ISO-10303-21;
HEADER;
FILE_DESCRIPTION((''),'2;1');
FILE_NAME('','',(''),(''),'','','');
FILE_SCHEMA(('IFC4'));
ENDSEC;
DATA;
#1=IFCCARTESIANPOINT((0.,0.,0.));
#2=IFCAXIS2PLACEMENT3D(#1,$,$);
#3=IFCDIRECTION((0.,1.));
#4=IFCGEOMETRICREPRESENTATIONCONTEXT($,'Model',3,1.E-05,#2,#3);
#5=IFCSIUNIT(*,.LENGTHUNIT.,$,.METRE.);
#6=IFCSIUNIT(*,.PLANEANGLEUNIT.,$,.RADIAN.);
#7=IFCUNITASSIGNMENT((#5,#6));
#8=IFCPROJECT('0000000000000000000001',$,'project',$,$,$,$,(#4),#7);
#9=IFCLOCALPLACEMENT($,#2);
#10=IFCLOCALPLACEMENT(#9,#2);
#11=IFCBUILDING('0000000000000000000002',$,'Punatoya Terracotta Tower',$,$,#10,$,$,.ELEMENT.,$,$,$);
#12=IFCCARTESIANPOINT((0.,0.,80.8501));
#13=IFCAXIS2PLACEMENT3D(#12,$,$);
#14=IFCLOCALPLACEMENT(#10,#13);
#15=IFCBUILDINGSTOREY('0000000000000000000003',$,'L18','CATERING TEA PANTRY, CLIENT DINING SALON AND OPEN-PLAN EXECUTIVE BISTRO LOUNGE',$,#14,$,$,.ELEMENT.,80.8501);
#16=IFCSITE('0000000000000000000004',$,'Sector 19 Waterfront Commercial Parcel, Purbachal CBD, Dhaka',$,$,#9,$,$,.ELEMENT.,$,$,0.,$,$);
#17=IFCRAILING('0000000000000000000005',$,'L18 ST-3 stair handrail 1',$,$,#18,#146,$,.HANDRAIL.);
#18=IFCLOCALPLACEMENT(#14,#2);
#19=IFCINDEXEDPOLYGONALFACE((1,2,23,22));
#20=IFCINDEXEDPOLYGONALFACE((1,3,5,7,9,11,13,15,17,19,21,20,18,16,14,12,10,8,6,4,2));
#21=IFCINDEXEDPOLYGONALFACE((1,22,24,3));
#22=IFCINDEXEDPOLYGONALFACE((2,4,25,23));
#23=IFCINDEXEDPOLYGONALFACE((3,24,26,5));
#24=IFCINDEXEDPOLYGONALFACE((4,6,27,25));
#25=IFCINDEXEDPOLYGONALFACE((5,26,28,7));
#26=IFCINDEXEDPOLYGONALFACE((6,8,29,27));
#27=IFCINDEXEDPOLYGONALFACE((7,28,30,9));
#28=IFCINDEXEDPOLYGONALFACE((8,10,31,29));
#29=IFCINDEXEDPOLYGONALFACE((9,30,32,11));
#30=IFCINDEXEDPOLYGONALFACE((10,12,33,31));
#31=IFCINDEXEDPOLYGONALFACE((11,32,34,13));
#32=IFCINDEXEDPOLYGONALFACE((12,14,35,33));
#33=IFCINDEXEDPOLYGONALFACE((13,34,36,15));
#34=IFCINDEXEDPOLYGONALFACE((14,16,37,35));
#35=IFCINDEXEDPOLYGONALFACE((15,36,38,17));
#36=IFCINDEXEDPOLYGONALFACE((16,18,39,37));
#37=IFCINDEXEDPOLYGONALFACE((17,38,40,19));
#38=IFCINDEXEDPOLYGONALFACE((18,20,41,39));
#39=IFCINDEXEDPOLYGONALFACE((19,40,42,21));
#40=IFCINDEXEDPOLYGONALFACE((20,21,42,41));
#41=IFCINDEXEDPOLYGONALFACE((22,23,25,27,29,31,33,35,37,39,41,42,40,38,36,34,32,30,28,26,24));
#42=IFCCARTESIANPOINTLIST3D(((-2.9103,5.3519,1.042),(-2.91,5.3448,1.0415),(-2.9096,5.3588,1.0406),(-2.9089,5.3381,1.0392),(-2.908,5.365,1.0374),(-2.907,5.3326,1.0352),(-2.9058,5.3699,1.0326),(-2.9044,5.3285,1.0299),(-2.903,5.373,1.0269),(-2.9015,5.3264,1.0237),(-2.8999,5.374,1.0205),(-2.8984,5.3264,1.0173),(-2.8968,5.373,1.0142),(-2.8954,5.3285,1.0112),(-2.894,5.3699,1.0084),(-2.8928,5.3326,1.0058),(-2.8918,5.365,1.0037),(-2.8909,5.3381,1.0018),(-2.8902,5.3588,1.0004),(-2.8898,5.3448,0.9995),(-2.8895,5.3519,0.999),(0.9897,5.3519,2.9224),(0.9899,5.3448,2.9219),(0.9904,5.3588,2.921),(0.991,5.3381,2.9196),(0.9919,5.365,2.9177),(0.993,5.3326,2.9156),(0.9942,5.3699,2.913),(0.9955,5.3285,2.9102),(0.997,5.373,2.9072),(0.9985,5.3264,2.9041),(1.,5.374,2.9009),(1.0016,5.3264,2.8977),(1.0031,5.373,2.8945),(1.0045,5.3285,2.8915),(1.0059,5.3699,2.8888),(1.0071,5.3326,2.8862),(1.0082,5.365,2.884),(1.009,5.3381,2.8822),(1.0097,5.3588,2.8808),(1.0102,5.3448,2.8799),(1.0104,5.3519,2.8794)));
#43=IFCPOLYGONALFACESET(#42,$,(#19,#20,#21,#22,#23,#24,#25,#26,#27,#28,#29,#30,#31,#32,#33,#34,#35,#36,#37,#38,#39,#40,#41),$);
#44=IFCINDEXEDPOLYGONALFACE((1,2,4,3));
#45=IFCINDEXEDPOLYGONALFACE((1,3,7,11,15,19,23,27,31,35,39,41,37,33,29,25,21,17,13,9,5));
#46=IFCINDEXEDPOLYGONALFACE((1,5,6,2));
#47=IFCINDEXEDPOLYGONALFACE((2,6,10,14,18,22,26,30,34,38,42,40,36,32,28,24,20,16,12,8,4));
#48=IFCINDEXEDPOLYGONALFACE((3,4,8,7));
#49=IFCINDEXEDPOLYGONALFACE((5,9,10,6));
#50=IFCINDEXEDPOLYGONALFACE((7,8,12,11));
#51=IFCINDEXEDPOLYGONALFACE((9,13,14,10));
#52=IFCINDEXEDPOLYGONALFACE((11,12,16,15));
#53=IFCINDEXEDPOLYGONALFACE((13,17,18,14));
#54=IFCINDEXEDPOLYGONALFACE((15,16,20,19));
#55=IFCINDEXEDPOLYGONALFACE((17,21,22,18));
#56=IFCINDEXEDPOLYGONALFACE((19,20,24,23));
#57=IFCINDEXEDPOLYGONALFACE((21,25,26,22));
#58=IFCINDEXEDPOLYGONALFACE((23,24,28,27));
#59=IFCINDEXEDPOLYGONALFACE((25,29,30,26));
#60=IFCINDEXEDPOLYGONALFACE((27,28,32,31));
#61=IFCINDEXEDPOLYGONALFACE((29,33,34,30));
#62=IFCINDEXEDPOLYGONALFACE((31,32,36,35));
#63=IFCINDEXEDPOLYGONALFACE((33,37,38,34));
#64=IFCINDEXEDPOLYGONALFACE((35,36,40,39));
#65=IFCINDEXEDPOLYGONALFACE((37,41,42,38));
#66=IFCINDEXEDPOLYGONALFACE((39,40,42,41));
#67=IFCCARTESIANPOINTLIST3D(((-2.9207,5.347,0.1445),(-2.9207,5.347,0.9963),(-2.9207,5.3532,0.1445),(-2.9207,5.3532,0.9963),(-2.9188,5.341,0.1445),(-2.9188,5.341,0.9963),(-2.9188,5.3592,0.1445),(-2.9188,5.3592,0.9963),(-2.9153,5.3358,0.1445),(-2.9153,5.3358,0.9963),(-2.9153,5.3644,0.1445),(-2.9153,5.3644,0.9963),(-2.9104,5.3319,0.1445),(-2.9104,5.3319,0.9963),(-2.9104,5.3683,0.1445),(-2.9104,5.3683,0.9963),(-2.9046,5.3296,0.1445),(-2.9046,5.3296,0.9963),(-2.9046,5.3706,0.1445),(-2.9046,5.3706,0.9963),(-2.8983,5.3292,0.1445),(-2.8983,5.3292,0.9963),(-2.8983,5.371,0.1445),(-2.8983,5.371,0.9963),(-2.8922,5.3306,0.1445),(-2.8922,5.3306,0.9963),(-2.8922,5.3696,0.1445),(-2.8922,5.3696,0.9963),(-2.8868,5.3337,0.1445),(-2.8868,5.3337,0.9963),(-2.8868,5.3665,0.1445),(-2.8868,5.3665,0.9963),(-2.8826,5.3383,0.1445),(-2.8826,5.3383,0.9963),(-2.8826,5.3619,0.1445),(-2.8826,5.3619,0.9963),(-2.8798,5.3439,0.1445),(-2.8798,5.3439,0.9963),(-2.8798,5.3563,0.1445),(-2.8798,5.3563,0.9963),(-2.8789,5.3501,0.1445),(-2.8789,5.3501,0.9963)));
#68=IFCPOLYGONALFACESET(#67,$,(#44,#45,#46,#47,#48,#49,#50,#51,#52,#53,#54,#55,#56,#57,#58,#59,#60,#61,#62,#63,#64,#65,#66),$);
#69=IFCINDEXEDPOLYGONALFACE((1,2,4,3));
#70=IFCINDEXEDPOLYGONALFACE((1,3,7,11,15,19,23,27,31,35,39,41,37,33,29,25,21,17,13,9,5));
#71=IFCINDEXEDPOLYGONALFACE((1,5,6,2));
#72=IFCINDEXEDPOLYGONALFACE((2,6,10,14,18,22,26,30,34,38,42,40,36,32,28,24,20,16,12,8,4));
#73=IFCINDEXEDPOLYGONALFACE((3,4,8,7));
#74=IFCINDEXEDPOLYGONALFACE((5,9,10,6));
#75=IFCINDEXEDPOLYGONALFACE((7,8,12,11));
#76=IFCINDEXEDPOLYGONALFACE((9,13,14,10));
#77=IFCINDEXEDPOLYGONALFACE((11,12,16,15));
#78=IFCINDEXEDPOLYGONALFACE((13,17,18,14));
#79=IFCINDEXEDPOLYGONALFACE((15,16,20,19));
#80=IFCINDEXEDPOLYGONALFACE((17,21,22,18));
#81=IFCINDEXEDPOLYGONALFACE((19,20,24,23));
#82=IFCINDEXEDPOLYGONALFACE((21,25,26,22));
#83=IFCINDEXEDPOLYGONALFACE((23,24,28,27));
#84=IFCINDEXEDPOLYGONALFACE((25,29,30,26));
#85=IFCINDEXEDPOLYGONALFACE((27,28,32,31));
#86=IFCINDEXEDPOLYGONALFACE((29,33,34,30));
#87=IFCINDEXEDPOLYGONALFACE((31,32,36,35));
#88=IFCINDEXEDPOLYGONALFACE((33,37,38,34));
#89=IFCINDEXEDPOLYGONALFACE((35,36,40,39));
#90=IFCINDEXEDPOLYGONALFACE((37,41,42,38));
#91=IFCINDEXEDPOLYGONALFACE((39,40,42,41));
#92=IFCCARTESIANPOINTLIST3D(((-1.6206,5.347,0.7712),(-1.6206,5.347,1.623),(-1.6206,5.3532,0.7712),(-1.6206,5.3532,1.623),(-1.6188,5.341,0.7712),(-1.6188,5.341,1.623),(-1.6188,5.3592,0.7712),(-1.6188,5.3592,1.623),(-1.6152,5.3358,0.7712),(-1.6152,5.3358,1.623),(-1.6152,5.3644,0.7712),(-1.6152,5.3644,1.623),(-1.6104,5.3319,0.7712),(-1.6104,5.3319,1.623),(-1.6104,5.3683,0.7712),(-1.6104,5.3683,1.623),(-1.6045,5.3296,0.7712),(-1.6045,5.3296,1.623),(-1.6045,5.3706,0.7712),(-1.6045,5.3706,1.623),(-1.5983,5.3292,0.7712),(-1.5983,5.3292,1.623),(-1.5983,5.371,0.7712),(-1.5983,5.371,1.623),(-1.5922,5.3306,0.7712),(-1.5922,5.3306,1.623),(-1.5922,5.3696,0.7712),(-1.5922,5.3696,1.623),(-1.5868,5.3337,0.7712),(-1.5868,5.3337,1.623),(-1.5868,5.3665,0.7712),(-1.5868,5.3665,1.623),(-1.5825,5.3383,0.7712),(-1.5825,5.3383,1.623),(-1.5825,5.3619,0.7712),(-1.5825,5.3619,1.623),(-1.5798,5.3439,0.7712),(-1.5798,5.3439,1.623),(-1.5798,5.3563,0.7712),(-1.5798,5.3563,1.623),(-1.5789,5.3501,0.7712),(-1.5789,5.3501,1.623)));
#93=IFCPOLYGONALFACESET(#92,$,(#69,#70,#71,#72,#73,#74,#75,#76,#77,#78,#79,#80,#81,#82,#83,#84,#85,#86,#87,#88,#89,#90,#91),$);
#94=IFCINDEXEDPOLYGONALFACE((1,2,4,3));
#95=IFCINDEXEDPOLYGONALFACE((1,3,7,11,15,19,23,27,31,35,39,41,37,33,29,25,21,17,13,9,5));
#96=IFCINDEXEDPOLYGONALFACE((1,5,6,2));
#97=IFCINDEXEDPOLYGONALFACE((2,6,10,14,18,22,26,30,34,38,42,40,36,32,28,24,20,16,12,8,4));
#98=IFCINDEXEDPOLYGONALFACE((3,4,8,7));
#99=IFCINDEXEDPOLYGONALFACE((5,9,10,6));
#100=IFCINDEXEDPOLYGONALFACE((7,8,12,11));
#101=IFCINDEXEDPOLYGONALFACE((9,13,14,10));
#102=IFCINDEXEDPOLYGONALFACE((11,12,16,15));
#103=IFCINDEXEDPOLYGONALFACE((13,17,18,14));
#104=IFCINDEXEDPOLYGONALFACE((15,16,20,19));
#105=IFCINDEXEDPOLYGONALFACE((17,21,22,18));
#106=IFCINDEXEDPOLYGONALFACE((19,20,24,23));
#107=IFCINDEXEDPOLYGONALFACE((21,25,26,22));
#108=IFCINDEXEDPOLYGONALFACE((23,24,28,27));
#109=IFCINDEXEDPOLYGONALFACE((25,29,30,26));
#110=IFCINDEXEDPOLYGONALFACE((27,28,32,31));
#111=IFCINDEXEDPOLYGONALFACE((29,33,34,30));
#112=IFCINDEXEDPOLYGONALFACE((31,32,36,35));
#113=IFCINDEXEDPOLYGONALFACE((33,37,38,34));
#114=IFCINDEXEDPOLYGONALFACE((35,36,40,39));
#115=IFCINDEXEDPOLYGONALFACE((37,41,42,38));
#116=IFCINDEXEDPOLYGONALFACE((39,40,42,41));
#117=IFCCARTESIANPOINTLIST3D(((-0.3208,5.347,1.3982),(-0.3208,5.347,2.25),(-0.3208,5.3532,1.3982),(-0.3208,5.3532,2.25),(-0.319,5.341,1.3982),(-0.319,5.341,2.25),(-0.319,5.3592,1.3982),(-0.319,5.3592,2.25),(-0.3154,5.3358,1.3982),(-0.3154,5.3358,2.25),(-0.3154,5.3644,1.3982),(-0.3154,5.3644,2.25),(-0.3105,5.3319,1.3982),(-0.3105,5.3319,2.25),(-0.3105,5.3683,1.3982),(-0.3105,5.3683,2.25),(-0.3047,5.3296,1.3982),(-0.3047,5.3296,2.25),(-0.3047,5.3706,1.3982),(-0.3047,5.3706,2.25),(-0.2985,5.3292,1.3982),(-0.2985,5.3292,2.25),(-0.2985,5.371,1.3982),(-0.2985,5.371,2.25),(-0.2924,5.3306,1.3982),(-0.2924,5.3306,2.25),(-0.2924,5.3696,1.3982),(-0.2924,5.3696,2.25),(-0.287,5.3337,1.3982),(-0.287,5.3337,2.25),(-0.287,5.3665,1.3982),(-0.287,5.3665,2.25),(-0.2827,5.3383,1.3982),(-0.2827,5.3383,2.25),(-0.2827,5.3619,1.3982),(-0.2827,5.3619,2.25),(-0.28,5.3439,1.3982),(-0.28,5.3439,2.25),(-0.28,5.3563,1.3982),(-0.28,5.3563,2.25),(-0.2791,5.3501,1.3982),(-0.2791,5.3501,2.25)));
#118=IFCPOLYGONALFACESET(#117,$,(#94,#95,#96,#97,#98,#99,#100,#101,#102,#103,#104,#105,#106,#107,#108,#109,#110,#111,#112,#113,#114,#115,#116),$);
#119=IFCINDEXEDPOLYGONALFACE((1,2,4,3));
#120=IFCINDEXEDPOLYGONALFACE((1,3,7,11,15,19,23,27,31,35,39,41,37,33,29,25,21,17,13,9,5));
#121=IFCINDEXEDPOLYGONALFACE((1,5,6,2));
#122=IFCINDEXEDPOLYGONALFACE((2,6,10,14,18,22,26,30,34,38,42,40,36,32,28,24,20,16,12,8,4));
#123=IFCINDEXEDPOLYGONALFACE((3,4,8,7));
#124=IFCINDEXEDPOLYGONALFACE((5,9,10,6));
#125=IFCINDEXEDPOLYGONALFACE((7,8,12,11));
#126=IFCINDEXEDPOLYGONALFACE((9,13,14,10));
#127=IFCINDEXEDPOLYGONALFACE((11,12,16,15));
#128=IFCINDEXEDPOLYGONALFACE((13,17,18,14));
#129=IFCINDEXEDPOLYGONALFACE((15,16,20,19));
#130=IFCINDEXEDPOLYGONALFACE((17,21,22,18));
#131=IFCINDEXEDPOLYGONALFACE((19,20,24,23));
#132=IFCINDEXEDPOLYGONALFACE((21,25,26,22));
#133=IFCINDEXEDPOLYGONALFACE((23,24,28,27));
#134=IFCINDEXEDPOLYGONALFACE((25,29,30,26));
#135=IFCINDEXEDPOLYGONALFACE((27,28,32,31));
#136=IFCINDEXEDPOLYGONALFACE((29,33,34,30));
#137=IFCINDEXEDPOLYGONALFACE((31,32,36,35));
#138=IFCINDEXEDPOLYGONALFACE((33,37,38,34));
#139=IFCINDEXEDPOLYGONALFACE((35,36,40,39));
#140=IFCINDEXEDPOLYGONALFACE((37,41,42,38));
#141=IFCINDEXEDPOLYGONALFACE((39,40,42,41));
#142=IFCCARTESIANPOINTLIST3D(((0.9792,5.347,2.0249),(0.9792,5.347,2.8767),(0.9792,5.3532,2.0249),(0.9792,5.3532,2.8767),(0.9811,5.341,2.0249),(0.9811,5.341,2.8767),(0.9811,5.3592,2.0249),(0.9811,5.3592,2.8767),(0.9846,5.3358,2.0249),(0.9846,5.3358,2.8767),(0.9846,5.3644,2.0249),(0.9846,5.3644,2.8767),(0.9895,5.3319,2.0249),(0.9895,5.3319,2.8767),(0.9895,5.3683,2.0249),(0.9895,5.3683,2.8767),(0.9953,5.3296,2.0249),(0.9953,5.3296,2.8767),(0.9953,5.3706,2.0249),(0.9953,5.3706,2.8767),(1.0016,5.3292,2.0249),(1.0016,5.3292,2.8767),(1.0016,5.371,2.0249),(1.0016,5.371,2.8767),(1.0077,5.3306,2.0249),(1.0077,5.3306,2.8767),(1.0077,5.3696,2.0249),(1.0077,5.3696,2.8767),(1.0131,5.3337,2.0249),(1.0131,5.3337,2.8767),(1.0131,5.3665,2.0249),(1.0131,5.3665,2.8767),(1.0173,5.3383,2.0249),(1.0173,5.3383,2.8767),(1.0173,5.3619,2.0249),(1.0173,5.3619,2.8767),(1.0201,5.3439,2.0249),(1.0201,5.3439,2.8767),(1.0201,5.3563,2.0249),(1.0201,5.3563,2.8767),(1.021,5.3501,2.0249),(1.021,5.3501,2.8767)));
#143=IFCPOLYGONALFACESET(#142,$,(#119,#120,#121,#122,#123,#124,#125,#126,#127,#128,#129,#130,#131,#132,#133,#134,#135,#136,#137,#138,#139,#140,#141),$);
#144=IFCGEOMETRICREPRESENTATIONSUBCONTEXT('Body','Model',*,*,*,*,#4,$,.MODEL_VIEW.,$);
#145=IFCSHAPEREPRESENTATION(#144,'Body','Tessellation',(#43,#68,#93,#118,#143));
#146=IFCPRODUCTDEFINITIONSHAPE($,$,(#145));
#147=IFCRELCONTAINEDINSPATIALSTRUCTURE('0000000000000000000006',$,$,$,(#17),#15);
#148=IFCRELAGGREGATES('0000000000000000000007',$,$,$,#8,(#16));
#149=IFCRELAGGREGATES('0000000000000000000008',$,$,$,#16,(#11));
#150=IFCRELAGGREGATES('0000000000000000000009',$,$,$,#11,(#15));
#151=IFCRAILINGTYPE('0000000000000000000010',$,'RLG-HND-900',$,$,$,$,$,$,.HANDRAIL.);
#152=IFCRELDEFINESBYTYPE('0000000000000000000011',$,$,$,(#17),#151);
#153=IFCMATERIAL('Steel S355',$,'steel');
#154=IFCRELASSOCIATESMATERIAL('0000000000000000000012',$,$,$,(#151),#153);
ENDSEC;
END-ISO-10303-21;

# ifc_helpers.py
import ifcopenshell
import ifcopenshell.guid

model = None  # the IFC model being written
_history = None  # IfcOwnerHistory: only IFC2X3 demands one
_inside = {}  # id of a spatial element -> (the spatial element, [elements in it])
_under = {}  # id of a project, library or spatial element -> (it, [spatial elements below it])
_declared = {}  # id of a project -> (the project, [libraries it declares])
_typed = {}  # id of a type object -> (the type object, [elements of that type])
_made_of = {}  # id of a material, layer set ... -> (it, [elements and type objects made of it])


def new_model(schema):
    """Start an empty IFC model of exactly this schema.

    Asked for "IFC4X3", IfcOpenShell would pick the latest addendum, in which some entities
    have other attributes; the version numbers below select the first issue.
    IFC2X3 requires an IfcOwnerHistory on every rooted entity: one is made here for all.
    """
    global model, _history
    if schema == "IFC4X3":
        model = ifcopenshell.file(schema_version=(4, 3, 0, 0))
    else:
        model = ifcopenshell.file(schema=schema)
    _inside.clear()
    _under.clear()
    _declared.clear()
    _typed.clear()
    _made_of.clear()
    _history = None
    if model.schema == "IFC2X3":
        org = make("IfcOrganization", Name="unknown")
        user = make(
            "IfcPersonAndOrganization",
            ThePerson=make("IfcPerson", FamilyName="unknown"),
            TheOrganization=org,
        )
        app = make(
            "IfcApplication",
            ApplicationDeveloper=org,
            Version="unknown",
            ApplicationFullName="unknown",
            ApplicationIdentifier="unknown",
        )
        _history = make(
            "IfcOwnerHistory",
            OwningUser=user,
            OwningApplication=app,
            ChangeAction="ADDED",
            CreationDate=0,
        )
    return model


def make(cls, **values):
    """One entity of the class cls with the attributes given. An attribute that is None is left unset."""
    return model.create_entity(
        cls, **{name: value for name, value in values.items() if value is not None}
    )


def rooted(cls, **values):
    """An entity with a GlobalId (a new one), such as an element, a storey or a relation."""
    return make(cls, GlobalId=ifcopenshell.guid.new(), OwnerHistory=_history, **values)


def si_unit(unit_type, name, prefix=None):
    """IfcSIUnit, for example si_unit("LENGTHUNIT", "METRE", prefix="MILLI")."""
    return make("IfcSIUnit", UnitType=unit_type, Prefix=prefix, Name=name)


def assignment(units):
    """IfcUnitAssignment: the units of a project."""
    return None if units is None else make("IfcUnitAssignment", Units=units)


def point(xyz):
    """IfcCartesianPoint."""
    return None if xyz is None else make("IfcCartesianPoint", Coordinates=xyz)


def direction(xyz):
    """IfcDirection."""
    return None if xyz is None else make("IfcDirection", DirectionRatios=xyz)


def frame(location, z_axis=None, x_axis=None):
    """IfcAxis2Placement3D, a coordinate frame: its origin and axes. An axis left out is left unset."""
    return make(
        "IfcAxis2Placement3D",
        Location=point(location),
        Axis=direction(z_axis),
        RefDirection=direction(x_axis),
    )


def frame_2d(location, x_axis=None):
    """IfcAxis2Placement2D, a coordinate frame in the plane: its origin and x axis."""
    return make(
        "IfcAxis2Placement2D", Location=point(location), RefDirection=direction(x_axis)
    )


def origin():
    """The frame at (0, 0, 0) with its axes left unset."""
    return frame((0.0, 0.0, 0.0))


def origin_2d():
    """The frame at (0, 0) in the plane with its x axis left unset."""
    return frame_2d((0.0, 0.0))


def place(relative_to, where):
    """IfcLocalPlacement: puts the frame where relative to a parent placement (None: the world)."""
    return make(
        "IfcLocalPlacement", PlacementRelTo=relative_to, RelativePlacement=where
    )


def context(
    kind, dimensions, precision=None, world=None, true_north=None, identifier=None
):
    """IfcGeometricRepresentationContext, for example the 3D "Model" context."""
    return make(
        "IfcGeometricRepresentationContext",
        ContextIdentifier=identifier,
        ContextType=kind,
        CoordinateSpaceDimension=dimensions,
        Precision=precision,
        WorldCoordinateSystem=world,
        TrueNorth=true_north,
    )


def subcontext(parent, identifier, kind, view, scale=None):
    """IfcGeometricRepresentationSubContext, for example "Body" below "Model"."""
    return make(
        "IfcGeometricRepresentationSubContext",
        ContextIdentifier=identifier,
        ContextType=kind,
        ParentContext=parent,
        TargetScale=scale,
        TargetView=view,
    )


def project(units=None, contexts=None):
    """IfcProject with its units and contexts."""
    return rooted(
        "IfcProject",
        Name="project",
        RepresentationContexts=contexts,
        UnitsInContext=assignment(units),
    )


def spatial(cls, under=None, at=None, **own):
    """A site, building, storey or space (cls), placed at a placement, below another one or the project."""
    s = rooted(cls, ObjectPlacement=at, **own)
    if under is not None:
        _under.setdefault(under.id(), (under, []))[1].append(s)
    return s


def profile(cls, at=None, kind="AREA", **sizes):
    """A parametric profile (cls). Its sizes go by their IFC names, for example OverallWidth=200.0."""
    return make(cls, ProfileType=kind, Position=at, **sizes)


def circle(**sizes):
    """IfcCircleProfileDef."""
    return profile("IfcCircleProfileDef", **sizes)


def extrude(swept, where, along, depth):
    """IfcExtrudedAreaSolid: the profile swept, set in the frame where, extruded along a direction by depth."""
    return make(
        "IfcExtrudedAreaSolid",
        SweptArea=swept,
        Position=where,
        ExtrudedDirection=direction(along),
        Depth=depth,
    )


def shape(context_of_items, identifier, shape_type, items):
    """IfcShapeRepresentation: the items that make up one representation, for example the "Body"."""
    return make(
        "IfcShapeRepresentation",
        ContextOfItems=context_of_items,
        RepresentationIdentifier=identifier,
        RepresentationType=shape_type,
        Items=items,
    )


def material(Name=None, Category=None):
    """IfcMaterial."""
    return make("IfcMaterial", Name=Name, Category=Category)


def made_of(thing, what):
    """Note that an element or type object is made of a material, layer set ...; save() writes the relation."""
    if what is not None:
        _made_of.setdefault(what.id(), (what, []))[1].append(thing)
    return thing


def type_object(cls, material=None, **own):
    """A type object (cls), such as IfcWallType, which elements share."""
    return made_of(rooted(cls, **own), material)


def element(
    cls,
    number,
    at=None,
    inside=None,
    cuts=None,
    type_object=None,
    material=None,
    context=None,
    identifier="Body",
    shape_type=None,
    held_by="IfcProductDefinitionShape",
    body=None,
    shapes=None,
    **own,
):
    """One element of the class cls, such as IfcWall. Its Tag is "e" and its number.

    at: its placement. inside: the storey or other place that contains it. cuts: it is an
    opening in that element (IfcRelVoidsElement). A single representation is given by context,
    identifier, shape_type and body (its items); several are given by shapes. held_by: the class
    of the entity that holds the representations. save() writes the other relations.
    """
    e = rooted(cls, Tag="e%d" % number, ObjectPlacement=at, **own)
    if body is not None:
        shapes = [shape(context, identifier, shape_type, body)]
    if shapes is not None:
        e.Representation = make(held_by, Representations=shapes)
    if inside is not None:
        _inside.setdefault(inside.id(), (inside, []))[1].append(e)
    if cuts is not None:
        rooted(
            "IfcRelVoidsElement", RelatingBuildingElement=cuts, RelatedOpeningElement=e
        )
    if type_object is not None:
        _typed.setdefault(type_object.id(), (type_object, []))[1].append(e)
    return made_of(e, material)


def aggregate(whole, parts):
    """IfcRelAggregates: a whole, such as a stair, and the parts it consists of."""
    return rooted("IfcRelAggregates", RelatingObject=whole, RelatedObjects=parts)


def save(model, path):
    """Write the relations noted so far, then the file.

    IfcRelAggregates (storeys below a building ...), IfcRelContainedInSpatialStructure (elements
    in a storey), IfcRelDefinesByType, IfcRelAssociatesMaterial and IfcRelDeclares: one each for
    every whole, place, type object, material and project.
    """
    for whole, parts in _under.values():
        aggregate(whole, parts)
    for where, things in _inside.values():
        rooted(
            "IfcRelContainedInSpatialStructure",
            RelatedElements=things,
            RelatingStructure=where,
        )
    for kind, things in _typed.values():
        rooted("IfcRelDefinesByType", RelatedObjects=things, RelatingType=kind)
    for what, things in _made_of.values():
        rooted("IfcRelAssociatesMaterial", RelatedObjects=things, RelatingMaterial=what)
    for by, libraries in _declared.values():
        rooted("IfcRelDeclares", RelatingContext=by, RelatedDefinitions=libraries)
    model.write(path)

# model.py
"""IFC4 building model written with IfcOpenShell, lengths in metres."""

from ifc_helpers import new_model, si_unit, direction, frame, origin, origin_2d, place, context, subcontext, project, spatial, circle, extrude, material, type_object, element, save


model = new_model("IFC4")

# Units and contexts
model_context = context("Model", 3, precision=1e-05, world=origin(), true_north=direction((0.0, 1.0)))
body_context = subcontext(model_context, "Body", "Model", "MODEL_VIEW")
ifc_project = project(units=[si_unit("LENGTHUNIT", "METRE"), si_unit("PLANEANGLEUNIT", "RADIAN")], contexts=[model_context])

# Site, building, storey
site_placement = place(None, origin())
site = spatial("IfcSite", under=ifc_project, at=site_placement, Name="Sector 19 Waterfront Commercial Parcel, Purbachal CBD, Dhaka", CompositionType="ELEMENT", RefElevation=0.0)
building_placement = place(site_placement, origin())
building = spatial("IfcBuilding", under=site, at=building_placement, Name="Punatoya Terracotta Tower", CompositionType="ELEMENT")
storey_placement = place(building_placement, frame((0.0, 0.0, 80.8501)))
storey = spatial("IfcBuildingStorey", under=building, at=storey_placement, Name="L18", Description="CATERING TEA PANTRY, CLIENT DINING SALON AND OPEN-PLAN EXECUTIVE BISTRO LOUNGE", CompositionType="ELEMENT", Elevation=80.8501)

# Shared definitions
ifc_material_1 = material(Name="Steel S355", Category="steel")

# Railing
railing_type_1 = type_object("IfcRailingType", Name="RLG-HND-900", PredefinedType="HANDRAIL", material=ifc_material_1)
railing_1_placement = place(storey_placement, frame((-2.8999, 5.3501, 0.1445)))
element("IfcRailing", 1, at=railing_1_placement, inside=storey, type_object=railing_type_1, Name="L18 ST-3 stair handrail 1", PredefinedType="HANDRAIL", context=body_context, shape_type="SweptSolid", body=[
    extrude(circle(Radius=0.0239, at=origin_2d()), frame((0.0, 0.0, 0.876), z_axis=(0.900763, 0.0, 0.434311), x_axis=(0.0, 1.0, 0.0)), (0.0, 0.0, 1.0), 4.3296),
    extrude(circle(Radius=0.021, at=origin_2d()), origin(), (0.0, 0.0, 1.0), 0.8518),
    extrude(circle(Radius=0.021, at=origin_2d()), frame((1.3, 0.0, 0.6267)), (0.0, 0.0, 1.0), 0.8518),
    extrude(circle(Radius=0.021, at=origin_2d()), frame((2.5999, 0.0, 1.2537)), (0.0, 0.0, 1.0), 0.8518),
    extrude(circle(Radius=0.021, at=origin_2d()), frame((3.8999, 0.0, 1.8804)), (0.0, 0.0, 1.0), 0.8518),
])

save(model, "model.ifc")
